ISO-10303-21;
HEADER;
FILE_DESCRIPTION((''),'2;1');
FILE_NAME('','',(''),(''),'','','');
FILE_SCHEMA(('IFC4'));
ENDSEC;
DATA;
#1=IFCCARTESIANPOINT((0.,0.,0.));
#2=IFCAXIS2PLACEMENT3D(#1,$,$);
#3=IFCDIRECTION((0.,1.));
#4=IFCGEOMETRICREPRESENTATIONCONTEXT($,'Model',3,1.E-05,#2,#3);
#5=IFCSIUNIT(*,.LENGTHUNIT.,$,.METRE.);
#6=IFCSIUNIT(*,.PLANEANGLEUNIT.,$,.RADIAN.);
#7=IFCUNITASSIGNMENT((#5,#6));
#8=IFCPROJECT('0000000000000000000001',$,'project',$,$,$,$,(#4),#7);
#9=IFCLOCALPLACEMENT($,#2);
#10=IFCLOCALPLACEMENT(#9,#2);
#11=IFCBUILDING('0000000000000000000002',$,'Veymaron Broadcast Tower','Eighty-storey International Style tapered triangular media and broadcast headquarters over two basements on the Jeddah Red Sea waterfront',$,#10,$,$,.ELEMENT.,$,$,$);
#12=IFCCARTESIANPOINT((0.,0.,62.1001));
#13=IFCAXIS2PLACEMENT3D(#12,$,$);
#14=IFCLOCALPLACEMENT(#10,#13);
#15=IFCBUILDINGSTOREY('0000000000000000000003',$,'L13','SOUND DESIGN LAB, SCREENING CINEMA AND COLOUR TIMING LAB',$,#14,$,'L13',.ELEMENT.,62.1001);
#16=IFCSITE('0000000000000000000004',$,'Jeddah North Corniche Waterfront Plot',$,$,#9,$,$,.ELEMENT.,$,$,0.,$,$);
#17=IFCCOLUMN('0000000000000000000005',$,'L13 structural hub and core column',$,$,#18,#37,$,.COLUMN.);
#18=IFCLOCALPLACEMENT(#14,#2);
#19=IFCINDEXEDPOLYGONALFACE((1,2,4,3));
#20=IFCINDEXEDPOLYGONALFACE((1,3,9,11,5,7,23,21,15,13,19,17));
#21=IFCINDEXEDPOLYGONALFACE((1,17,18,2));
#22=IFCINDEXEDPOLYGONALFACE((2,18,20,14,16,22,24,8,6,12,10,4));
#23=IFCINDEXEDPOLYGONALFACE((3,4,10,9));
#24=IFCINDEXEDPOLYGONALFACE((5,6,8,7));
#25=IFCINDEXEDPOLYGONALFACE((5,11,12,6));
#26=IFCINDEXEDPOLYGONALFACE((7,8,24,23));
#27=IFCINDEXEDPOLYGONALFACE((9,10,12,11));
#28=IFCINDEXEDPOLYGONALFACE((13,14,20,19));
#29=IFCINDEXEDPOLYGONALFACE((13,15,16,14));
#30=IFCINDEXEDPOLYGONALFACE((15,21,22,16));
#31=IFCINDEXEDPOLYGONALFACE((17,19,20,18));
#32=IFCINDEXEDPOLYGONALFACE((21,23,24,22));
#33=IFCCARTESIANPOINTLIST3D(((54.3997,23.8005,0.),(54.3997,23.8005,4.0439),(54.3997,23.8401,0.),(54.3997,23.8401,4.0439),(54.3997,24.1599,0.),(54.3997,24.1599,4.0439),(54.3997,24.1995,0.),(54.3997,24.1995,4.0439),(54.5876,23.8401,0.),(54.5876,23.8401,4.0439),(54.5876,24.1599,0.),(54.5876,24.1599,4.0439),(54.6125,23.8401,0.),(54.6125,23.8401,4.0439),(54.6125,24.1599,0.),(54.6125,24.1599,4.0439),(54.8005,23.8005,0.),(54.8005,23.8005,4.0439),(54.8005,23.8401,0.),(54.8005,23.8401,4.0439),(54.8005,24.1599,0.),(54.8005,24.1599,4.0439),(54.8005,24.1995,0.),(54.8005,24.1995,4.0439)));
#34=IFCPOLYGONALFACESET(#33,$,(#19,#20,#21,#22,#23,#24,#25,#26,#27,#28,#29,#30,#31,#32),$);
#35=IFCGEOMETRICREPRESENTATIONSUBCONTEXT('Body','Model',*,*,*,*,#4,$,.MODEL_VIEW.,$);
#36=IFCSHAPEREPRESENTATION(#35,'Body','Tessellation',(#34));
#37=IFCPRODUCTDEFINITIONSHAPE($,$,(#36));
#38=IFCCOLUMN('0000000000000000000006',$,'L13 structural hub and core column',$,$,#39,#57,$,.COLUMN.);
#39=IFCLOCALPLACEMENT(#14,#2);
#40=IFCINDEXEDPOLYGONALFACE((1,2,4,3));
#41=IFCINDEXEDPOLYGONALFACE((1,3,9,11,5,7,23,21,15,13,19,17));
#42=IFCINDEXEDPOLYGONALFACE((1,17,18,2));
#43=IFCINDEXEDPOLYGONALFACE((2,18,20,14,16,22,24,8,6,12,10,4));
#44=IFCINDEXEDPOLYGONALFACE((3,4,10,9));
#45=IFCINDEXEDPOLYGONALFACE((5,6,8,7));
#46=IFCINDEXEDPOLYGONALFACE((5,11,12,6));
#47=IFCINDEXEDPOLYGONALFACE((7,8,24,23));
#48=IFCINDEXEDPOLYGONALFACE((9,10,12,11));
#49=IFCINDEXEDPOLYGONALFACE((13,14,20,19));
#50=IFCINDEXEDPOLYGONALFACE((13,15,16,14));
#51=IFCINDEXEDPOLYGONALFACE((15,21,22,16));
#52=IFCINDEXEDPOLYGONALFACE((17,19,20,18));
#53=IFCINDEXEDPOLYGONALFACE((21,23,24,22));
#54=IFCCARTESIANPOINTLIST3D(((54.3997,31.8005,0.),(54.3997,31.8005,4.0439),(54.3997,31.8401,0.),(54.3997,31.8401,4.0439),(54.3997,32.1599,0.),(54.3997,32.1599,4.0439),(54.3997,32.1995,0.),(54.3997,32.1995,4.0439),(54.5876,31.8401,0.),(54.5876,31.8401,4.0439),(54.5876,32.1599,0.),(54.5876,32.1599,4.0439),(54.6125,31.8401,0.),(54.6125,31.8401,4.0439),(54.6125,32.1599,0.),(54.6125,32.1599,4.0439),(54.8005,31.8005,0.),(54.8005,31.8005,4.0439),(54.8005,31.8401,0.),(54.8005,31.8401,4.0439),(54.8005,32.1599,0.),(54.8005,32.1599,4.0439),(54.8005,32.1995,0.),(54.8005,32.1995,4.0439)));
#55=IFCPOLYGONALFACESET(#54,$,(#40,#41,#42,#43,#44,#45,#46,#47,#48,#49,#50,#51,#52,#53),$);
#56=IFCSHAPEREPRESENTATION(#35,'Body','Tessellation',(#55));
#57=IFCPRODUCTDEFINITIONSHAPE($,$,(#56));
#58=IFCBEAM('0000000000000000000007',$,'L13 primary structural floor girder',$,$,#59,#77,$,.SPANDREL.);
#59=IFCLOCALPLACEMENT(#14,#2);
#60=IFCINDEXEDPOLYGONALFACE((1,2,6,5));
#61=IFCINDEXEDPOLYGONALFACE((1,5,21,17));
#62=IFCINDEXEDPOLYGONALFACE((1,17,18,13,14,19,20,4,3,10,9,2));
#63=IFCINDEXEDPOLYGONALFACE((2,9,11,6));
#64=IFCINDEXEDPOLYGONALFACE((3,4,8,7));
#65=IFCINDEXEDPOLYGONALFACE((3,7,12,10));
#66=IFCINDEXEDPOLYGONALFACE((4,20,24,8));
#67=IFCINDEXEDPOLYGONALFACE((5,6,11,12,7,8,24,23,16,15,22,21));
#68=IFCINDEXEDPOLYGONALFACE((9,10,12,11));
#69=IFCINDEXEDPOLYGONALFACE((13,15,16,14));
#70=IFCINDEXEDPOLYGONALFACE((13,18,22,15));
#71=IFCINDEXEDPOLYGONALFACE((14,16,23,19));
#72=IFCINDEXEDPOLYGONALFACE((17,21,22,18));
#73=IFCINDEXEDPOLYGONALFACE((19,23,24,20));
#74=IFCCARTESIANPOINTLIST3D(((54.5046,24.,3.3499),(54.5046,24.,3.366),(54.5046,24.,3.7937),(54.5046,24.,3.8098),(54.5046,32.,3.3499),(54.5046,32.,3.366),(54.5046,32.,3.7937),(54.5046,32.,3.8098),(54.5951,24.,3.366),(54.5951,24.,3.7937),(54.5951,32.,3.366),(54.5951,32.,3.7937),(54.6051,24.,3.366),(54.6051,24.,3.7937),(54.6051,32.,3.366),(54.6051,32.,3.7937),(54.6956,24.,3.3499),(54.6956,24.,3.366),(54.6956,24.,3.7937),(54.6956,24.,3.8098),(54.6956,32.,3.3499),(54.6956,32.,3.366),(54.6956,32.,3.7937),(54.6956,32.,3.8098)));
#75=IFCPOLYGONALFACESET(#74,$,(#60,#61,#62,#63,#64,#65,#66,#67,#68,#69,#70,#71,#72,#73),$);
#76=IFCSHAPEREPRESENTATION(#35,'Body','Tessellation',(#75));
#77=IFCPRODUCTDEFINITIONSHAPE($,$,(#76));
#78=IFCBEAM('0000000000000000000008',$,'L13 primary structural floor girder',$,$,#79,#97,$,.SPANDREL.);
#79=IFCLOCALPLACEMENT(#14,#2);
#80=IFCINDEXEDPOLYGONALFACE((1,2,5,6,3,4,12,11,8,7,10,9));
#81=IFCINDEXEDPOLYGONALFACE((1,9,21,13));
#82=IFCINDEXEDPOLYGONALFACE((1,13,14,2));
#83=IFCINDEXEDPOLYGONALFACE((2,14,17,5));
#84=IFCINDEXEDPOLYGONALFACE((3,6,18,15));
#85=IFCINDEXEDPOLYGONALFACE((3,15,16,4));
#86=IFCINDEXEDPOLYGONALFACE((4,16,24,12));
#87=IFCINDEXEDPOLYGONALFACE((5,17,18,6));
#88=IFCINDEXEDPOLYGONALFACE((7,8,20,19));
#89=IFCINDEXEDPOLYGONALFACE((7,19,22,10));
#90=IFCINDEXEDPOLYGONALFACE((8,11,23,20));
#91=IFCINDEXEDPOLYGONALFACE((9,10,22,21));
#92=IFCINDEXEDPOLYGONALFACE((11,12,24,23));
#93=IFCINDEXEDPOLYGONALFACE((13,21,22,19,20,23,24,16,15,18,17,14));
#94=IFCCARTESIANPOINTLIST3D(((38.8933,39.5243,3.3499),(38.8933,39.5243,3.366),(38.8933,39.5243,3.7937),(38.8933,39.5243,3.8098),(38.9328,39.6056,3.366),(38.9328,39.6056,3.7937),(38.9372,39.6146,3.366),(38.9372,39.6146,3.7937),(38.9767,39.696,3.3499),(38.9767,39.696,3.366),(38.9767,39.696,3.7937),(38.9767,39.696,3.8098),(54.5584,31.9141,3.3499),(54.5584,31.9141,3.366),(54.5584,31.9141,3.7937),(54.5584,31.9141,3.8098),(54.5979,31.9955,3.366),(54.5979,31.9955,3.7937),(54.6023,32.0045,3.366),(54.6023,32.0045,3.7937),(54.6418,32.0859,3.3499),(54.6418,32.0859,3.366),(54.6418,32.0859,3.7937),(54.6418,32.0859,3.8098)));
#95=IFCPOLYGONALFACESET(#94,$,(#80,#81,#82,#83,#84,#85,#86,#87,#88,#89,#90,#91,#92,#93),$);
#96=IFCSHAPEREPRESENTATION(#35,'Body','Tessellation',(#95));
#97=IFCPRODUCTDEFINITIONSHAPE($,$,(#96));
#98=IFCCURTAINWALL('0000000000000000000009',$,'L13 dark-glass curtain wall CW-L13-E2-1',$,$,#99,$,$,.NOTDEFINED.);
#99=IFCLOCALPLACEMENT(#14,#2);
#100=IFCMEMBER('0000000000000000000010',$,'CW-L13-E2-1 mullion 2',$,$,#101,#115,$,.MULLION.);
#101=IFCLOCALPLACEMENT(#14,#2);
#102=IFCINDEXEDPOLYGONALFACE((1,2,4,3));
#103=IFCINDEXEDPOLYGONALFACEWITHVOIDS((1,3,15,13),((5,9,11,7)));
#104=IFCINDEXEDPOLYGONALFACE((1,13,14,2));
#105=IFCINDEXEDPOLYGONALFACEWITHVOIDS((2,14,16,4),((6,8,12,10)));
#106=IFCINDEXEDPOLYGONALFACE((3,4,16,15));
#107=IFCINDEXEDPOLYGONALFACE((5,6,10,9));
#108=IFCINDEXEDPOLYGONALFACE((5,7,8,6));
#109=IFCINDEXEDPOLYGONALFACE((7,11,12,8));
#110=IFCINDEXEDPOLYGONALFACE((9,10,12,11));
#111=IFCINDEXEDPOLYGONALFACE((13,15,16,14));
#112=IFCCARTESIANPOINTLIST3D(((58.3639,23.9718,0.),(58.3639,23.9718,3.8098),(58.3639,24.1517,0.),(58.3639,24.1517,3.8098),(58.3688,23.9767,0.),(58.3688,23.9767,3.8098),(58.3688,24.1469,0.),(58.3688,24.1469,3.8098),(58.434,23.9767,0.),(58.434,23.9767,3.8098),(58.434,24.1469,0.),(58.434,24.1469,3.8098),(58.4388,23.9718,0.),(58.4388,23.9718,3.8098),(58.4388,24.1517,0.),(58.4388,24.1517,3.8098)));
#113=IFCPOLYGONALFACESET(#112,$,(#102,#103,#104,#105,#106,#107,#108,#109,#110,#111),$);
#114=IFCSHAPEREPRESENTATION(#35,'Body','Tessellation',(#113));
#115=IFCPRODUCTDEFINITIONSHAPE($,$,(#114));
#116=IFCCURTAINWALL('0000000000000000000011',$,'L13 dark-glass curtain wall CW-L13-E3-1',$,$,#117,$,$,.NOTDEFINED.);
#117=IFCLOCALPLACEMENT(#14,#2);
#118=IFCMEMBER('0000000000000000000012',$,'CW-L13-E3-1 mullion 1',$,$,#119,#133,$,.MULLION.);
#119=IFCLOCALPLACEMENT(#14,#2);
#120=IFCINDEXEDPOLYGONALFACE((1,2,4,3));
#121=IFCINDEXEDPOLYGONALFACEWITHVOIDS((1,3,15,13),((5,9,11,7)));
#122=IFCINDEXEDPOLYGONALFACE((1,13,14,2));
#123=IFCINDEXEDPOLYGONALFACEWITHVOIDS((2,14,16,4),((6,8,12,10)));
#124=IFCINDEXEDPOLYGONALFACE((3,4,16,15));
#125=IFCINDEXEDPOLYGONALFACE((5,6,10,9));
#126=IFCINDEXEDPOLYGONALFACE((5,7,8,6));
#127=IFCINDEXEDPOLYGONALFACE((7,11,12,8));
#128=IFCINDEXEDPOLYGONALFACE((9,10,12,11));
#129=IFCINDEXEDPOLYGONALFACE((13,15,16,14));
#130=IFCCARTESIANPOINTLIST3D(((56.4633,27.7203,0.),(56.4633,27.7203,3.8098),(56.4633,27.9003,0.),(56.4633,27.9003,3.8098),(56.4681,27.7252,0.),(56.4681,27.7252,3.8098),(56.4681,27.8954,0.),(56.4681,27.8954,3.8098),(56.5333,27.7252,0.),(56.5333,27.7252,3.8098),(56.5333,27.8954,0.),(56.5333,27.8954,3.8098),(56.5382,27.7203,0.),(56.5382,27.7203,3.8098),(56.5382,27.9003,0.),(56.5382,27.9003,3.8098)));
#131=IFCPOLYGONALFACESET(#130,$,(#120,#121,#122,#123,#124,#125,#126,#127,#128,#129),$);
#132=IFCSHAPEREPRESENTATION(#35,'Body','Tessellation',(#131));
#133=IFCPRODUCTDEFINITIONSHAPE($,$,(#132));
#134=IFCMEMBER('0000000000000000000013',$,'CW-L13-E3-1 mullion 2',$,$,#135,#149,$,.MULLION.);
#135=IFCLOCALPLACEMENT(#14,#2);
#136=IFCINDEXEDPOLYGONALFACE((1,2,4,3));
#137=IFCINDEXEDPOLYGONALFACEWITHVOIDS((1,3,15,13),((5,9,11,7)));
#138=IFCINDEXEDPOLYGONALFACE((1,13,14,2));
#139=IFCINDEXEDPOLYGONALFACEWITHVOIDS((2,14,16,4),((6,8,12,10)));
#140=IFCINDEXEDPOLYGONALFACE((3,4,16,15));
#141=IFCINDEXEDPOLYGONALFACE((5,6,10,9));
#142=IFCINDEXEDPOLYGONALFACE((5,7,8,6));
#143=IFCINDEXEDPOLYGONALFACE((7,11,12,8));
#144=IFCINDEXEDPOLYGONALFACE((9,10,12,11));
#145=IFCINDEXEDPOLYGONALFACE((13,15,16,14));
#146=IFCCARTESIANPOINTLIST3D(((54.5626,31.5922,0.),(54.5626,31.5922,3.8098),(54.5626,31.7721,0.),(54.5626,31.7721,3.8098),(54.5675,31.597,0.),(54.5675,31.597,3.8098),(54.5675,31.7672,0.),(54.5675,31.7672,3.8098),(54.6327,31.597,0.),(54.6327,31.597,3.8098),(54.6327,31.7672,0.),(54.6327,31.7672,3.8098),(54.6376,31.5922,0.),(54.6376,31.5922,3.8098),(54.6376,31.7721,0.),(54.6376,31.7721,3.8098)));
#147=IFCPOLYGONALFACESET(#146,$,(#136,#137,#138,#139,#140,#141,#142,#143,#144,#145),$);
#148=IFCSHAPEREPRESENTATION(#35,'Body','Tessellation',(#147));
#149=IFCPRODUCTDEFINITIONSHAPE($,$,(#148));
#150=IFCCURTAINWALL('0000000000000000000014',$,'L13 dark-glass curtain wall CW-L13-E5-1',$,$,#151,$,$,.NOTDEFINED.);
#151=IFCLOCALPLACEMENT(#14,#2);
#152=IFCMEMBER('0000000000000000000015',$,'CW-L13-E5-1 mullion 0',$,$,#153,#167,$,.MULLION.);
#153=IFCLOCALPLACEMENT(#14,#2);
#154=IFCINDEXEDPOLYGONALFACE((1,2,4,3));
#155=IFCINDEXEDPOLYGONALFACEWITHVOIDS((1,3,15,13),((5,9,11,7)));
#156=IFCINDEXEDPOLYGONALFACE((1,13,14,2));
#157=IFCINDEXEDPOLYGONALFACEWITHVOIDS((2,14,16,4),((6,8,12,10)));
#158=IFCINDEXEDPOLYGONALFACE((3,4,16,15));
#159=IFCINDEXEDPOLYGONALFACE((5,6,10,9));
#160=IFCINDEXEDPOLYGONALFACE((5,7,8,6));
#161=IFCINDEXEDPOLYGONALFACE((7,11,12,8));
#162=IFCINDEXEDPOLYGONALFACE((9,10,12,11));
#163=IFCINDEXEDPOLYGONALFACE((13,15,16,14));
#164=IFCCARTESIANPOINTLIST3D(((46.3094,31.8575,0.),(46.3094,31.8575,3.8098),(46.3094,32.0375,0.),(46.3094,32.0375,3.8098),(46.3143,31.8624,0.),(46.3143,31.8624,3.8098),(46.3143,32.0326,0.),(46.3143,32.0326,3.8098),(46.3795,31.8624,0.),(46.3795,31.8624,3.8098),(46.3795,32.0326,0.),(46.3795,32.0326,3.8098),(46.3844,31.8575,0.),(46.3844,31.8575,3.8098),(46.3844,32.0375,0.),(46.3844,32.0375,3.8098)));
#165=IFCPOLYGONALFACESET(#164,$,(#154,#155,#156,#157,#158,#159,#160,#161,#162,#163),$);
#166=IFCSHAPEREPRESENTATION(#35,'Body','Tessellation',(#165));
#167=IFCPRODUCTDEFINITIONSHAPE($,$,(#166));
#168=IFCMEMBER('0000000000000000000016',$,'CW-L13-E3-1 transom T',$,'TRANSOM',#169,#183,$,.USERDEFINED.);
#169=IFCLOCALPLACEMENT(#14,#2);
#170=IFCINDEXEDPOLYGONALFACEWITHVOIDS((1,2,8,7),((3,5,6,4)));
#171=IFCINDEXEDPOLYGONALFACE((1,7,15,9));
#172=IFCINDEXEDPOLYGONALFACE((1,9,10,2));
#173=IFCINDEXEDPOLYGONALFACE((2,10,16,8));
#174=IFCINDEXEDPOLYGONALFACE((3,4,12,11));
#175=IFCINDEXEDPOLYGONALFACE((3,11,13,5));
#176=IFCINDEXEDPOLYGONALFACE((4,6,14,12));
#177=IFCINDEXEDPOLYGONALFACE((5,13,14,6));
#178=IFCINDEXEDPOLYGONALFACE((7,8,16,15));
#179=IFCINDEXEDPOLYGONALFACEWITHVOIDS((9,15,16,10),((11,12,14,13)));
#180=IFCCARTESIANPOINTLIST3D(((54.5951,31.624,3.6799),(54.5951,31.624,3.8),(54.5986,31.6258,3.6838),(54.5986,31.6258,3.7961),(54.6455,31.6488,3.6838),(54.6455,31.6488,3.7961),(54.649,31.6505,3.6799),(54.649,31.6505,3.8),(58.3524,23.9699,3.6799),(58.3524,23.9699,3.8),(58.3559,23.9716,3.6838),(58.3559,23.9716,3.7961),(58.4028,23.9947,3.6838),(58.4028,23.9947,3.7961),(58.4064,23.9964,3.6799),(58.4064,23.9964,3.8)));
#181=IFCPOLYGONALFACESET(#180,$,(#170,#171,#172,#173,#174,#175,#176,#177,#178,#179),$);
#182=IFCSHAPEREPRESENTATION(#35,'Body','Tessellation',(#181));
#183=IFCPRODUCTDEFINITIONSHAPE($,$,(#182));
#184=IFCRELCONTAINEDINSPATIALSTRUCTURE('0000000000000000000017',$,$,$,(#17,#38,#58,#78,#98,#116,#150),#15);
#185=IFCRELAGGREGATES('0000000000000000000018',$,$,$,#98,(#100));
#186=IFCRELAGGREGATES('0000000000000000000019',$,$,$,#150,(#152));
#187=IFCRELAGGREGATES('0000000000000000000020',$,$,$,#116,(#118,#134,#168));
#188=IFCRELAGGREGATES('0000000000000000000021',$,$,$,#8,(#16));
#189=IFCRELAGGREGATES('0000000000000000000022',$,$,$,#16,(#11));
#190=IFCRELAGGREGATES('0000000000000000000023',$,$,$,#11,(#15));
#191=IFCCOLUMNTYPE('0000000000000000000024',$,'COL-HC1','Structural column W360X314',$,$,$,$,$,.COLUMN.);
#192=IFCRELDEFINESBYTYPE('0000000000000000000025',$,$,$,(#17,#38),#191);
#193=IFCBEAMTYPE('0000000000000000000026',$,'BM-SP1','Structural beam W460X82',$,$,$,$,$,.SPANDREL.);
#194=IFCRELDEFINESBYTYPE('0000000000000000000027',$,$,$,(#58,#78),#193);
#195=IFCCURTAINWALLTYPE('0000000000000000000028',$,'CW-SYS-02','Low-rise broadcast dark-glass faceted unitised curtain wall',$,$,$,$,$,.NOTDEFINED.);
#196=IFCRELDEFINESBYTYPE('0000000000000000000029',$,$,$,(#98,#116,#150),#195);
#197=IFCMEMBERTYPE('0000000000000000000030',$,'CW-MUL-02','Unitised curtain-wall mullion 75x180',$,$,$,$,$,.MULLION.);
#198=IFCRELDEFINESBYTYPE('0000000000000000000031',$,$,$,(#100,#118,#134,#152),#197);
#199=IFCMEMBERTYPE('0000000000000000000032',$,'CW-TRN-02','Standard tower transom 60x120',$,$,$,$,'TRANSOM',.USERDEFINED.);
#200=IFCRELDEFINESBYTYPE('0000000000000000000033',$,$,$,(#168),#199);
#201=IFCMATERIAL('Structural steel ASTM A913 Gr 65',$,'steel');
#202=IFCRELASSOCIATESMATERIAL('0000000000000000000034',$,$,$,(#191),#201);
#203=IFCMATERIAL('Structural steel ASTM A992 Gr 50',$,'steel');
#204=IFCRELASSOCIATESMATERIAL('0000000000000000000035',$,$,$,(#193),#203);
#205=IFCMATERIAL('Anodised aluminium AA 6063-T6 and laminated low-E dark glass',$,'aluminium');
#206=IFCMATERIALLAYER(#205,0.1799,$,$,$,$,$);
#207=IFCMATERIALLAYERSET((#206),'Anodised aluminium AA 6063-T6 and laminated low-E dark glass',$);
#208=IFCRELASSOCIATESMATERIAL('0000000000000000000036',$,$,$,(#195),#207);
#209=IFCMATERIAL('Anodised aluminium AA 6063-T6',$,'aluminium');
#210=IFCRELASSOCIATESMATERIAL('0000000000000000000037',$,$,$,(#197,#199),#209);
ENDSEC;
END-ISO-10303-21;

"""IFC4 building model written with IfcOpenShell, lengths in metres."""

from ifc_helpers import new_model, si_unit, direction, frame, origin, origin_2d, place, context, subcontext, project, spatial, hollow_rectangle, i_section, extrude, material, layer, layer_set, material_profile, profile_set, type_object, element, aggregate, save


model = new_model("IFC4")

# Units and contexts
model_context = context("Model", 3, precision=1e-05, world=origin(), true_north=direction((0.0, 1.0)))
body_context = subcontext(model_context, "Body", "Model", "MODEL_VIEW")
ifc_project = project(units=[si_unit("LENGTHUNIT", "METRE"), si_unit("PLANEANGLEUNIT", "RADIAN")], contexts=[model_context])

# Site, building, storey
site_placement = place(None, origin())
site = spatial("IfcSite", under=ifc_project, at=site_placement, Name="Jeddah North Corniche Waterfront Plot", CompositionType="ELEMENT", RefElevation=0.0)
building_placement = place(site_placement, origin())
building = spatial("IfcBuilding", under=site, at=building_placement, Name="Veymaron Broadcast Tower", Description="Eighty-storey International Style tapered triangular media and broadcast headquarters over two basements on the Jeddah Red Sea waterfront", CompositionType="ELEMENT")
storey_placement = place(building_placement, frame((0.0, 0.0, 62.1001)))
storey = spatial("IfcBuildingStorey", under=building, at=storey_placement, Name="L13", Description="SOUND DESIGN LAB, SCREENING CINEMA AND COLOUR TIMING LAB", LongName="L13", CompositionType="ELEMENT", Elevation=62.1001)

# Columns
ifc_material_1 = material(Name="Structural steel ASTM A913 Gr 65", Category="steel")
ifc_material_profile_1 = material_profile(ifc_material_1, i_section(OverallWidth=0.4009, OverallDepth=0.3989, WebThickness=0.0249, FlangeThickness=0.0396, at=origin_2d()), Name="W360X314")
ifc_profile_set_1 = profile_set([ifc_material_profile_1], Name="Structural steel ASTM A913 Gr 65")
column_type = type_object("IfcColumnType", Name="COL-HC1", Description="Structural column W360X314", PredefinedType="COLUMN", material=ifc_profile_set_1)
for number, where, z_axis, x_axis, name in (
    (1, (54.6001, 24.0, 0.0), (0.0, 0.0, 1.0), (1.0, 0.0, 0.0), "L13 structural hub and core column"),
    (2, (54.6001, 32.0, 0.0), (0.0, 0.0, 1.0), (1.0, 0.0, 0.0), "L13 structural hub and core column"),
):
    element("IfcColumn", number, at=place(storey_placement, frame(where, z_axis=z_axis, x_axis=x_axis)), inside=storey, type_object=column_type, Name=name, PredefinedType="COLUMN", context=body_context, shape_type="SweptSolid", body=[
        extrude(i_section(OverallWidth=0.4009, OverallDepth=0.3989, WebThickness=0.0249, FlangeThickness=0.0396, at=origin_2d()), origin(), (0.0, 0.0, 1.0), 4.0439),
    ])

# Beams
ifc_material_2 = material(Name="Structural steel ASTM A992 Gr 50", Category="steel")
ifc_material_profile_2 = material_profile(ifc_material_2, i_section(OverallWidth=0.1909, OverallDepth=0.46, WebThickness=0.01, FlangeThickness=0.0161, at=origin_2d()), Name="W460X82")
ifc_profile_set_2 = profile_set([ifc_material_profile_2], Name="Structural steel ASTM A992 Gr 50")
beam_type = type_object("IfcBeamType", Name="BM-SP1", Description="Structural beam W460X82", PredefinedType="SPANDREL", material=ifc_profile_set_2)
beam_1_placement = place(storey_placement, frame((54.6001, 24.0, 3.5798), z_axis=(0.0, 1.0, 0.0), x_axis=(-1.0, 0.0, 0.0)))
element("IfcBeam", 3, at=beam_1_placement, inside=storey, type_object=beam_type, Name="L13 primary structural floor girder", PredefinedType="SPANDREL", context=body_context, shape_type="SweptSolid", body=[
    extrude(i_section(OverallWidth=0.1909, OverallDepth=0.46, WebThickness=0.01, FlangeThickness=0.0161, at=origin_2d()), origin(), (0.0, 0.0, 1.0), 8.0),
])
beam_2_placement = place(storey_placement, frame((54.6001, 32.0, 3.5798), z_axis=(-0.899477, 0.436968, 0.0), x_axis=(-0.436968, -0.899477, 0.0)))
element("IfcBeam", 4, at=beam_2_placement, inside=storey, type_object=beam_type, Name="L13 primary structural floor girder", PredefinedType="SPANDREL", context=body_context, shape_type="SweptSolid", body=[
    extrude(i_section(OverallWidth=0.1909, OverallDepth=0.46, WebThickness=0.01, FlangeThickness=0.0161, at=origin_2d()), origin(), (0.0, 0.0, 1.0), 17.4158),
])

# Curtain wall, member
ifc_material_3 = material(Name="Anodised aluminium AA 6063-T6 and laminated low-E dark glass", Category="aluminium")
ifc_layer_1 = layer(ifc_material_3, 0.1799)
ifc_layer_set_1 = layer_set([ifc_layer_1], Name="Anodised aluminium AA 6063-T6 and laminated low-E dark glass")
curtain_wall_type = type_object("IfcCurtainWallType", Name="CW-SYS-02", Description="Low-rise broadcast dark-glass faceted unitised curtain wall", PredefinedType="NOTDEFINED", material=ifc_layer_set_1)
curtain_wall_1_placement = place(storey_placement, origin())
curtain_wall_1 = element("IfcCurtainWall", 5, at=curtain_wall_1_placement, inside=storey, type_object=curtain_wall_type, Name="L13 dark-glass curtain wall CW-L13-E2-1", PredefinedType="NOTDEFINED")
ifc_material_4 = material(Name="Anodised aluminium AA 6063-T6", Category="aluminium")
ifc_material_profile_3 = material_profile(ifc_material_4, hollow_rectangle(XDim=0.075, YDim=0.1799, WallThickness=0.0049, at=origin_2d()), Name="AL180X75X5")
ifc_profile_set_3 = profile_set([ifc_material_profile_3], Name="Anodised aluminium AA 6063-T6")
member_type_1 = type_object("IfcMemberType", Name="CW-MUL-02", Description="Unitised curtain-wall mullion 75x180", PredefinedType="MULLION", material=ifc_profile_set_3)
member_1_placement = place(storey_placement, frame((58.4014, 24.0618, 0.0), z_axis=(0.0, 0.0, 1.0), x_axis=(1.0, 0.0, 0.0)))
member_1 = element("IfcMember", 6, at=member_1_placement, type_object=member_type_1, Name="CW-L13-E2-1 mullion 2", PredefinedType="MULLION", context=body_context, shape_type="SweptSolid", body=[
    extrude(hollow_rectangle(XDim=0.075, YDim=0.1799, WallThickness=0.0049, at=origin_2d()), origin(), (0.0, 0.0, 1.0), 3.8098),
])
aggregate(curtain_wall_1, [member_1])

# Curtain wall, members
curtain_wall_2_placement = place(storey_placement, origin())
curtain_wall_2 = element("IfcCurtainWall", 7, at=curtain_wall_2_placement, inside=storey, type_object=curtain_wall_type, Name="L13 dark-glass curtain wall CW-L13-E3-1", PredefinedType="NOTDEFINED")
member_2_placement = place(storey_placement, frame((56.5007, 27.8103, 0.0), z_axis=(0.0, 0.0, 1.0), x_axis=(1.0, 0.0, 0.0)))
member_2 = element("IfcMember", 8, at=member_2_placement, type_object=member_type_1, Name="CW-L13-E3-1 mullion 1", PredefinedType="MULLION", context=body_context, shape_type="SweptSolid", body=[
    extrude(hollow_rectangle(XDim=0.075, YDim=0.1799, WallThickness=0.0049, at=origin_2d()), origin(), (0.0, 0.0, 1.0), 3.8098),
])
member_3_placement = place(storey_placement, frame((54.6001, 31.6821, 0.0), z_axis=(0.0, 0.0, 1.0), x_axis=(1.0, 0.0, 0.0)))
member_3 = element("IfcMember", 9, at=member_3_placement, type_object=member_type_1, Name="CW-L13-E3-1 mullion 2", PredefinedType="MULLION", context=body_context, shape_type="SweptSolid", body=[
    extrude(hollow_rectangle(XDim=0.075, YDim=0.1799, WallThickness=0.0049, at=origin_2d()), origin(), (0.0, 0.0, 1.0), 3.8098),
])

# Curtain wall, member
curtain_wall_3_placement = place(storey_placement, origin())
curtain_wall_3 = element("IfcCurtainWall", 10, at=curtain_wall_3_placement, inside=storey, type_object=curtain_wall_type, Name="L13 dark-glass curtain wall CW-L13-E5-1", PredefinedType="NOTDEFINED")
member_4_placement = place(storey_placement, frame((46.3469, 31.9475, 0.0), z_axis=(0.0, 0.0, 1.0), x_axis=(1.0, 0.0, 0.0)))
member_4 = element("IfcMember", 11, at=member_4_placement, type_object=member_type_1, Name="CW-L13-E5-1 mullion 0", PredefinedType="MULLION", context=body_context, shape_type="SweptSolid", body=[
    extrude(hollow_rectangle(XDim=0.075, YDim=0.1799, WallThickness=0.0049, at=origin_2d()), origin(), (0.0, 0.0, 1.0), 3.8098),
])

# Member
ifc_material_profile_4 = material_profile(ifc_material_4, hollow_rectangle(XDim=0.0601, YDim=0.1201, WallThickness=0.0039, at=origin_2d()), Name="AL120X60X4")
ifc_profile_set_4 = profile_set([ifc_material_profile_4], Name="Anodised aluminium AA 6063-T6")
member_type_2 = type_object("IfcMemberType", Name="CW-TRN-02", Description="Standard tower transom 60x120", ElementType="TRANSOM", PredefinedType="USERDEFINED", material=ifc_profile_set_4)
member_5_placement = place(storey_placement, frame((58.3794, 23.9832, 3.74), z_axis=(-0.440662, 0.897673, 0.0), x_axis=(-0.897673, -0.440662, 0.0)))
member_5 = element("IfcMember", 12, at=member_5_placement, type_object=member_type_2, Name="CW-L13-E3-1 transom T", ObjectType="TRANSOM", PredefinedType="USERDEFINED", context=body_context, shape_type="SweptSolid", body=[
    extrude(hollow_rectangle(XDim=0.0601, YDim=0.1201, WallThickness=0.0039, at=origin_2d()), origin(), (0.0, 0.0, 1.0), 8.5266),
])
aggregate(curtain_wall_3, [member_4])

aggregate(curtain_wall_2, [member_2, member_3, member_5])

save(model, "model.ifc")
